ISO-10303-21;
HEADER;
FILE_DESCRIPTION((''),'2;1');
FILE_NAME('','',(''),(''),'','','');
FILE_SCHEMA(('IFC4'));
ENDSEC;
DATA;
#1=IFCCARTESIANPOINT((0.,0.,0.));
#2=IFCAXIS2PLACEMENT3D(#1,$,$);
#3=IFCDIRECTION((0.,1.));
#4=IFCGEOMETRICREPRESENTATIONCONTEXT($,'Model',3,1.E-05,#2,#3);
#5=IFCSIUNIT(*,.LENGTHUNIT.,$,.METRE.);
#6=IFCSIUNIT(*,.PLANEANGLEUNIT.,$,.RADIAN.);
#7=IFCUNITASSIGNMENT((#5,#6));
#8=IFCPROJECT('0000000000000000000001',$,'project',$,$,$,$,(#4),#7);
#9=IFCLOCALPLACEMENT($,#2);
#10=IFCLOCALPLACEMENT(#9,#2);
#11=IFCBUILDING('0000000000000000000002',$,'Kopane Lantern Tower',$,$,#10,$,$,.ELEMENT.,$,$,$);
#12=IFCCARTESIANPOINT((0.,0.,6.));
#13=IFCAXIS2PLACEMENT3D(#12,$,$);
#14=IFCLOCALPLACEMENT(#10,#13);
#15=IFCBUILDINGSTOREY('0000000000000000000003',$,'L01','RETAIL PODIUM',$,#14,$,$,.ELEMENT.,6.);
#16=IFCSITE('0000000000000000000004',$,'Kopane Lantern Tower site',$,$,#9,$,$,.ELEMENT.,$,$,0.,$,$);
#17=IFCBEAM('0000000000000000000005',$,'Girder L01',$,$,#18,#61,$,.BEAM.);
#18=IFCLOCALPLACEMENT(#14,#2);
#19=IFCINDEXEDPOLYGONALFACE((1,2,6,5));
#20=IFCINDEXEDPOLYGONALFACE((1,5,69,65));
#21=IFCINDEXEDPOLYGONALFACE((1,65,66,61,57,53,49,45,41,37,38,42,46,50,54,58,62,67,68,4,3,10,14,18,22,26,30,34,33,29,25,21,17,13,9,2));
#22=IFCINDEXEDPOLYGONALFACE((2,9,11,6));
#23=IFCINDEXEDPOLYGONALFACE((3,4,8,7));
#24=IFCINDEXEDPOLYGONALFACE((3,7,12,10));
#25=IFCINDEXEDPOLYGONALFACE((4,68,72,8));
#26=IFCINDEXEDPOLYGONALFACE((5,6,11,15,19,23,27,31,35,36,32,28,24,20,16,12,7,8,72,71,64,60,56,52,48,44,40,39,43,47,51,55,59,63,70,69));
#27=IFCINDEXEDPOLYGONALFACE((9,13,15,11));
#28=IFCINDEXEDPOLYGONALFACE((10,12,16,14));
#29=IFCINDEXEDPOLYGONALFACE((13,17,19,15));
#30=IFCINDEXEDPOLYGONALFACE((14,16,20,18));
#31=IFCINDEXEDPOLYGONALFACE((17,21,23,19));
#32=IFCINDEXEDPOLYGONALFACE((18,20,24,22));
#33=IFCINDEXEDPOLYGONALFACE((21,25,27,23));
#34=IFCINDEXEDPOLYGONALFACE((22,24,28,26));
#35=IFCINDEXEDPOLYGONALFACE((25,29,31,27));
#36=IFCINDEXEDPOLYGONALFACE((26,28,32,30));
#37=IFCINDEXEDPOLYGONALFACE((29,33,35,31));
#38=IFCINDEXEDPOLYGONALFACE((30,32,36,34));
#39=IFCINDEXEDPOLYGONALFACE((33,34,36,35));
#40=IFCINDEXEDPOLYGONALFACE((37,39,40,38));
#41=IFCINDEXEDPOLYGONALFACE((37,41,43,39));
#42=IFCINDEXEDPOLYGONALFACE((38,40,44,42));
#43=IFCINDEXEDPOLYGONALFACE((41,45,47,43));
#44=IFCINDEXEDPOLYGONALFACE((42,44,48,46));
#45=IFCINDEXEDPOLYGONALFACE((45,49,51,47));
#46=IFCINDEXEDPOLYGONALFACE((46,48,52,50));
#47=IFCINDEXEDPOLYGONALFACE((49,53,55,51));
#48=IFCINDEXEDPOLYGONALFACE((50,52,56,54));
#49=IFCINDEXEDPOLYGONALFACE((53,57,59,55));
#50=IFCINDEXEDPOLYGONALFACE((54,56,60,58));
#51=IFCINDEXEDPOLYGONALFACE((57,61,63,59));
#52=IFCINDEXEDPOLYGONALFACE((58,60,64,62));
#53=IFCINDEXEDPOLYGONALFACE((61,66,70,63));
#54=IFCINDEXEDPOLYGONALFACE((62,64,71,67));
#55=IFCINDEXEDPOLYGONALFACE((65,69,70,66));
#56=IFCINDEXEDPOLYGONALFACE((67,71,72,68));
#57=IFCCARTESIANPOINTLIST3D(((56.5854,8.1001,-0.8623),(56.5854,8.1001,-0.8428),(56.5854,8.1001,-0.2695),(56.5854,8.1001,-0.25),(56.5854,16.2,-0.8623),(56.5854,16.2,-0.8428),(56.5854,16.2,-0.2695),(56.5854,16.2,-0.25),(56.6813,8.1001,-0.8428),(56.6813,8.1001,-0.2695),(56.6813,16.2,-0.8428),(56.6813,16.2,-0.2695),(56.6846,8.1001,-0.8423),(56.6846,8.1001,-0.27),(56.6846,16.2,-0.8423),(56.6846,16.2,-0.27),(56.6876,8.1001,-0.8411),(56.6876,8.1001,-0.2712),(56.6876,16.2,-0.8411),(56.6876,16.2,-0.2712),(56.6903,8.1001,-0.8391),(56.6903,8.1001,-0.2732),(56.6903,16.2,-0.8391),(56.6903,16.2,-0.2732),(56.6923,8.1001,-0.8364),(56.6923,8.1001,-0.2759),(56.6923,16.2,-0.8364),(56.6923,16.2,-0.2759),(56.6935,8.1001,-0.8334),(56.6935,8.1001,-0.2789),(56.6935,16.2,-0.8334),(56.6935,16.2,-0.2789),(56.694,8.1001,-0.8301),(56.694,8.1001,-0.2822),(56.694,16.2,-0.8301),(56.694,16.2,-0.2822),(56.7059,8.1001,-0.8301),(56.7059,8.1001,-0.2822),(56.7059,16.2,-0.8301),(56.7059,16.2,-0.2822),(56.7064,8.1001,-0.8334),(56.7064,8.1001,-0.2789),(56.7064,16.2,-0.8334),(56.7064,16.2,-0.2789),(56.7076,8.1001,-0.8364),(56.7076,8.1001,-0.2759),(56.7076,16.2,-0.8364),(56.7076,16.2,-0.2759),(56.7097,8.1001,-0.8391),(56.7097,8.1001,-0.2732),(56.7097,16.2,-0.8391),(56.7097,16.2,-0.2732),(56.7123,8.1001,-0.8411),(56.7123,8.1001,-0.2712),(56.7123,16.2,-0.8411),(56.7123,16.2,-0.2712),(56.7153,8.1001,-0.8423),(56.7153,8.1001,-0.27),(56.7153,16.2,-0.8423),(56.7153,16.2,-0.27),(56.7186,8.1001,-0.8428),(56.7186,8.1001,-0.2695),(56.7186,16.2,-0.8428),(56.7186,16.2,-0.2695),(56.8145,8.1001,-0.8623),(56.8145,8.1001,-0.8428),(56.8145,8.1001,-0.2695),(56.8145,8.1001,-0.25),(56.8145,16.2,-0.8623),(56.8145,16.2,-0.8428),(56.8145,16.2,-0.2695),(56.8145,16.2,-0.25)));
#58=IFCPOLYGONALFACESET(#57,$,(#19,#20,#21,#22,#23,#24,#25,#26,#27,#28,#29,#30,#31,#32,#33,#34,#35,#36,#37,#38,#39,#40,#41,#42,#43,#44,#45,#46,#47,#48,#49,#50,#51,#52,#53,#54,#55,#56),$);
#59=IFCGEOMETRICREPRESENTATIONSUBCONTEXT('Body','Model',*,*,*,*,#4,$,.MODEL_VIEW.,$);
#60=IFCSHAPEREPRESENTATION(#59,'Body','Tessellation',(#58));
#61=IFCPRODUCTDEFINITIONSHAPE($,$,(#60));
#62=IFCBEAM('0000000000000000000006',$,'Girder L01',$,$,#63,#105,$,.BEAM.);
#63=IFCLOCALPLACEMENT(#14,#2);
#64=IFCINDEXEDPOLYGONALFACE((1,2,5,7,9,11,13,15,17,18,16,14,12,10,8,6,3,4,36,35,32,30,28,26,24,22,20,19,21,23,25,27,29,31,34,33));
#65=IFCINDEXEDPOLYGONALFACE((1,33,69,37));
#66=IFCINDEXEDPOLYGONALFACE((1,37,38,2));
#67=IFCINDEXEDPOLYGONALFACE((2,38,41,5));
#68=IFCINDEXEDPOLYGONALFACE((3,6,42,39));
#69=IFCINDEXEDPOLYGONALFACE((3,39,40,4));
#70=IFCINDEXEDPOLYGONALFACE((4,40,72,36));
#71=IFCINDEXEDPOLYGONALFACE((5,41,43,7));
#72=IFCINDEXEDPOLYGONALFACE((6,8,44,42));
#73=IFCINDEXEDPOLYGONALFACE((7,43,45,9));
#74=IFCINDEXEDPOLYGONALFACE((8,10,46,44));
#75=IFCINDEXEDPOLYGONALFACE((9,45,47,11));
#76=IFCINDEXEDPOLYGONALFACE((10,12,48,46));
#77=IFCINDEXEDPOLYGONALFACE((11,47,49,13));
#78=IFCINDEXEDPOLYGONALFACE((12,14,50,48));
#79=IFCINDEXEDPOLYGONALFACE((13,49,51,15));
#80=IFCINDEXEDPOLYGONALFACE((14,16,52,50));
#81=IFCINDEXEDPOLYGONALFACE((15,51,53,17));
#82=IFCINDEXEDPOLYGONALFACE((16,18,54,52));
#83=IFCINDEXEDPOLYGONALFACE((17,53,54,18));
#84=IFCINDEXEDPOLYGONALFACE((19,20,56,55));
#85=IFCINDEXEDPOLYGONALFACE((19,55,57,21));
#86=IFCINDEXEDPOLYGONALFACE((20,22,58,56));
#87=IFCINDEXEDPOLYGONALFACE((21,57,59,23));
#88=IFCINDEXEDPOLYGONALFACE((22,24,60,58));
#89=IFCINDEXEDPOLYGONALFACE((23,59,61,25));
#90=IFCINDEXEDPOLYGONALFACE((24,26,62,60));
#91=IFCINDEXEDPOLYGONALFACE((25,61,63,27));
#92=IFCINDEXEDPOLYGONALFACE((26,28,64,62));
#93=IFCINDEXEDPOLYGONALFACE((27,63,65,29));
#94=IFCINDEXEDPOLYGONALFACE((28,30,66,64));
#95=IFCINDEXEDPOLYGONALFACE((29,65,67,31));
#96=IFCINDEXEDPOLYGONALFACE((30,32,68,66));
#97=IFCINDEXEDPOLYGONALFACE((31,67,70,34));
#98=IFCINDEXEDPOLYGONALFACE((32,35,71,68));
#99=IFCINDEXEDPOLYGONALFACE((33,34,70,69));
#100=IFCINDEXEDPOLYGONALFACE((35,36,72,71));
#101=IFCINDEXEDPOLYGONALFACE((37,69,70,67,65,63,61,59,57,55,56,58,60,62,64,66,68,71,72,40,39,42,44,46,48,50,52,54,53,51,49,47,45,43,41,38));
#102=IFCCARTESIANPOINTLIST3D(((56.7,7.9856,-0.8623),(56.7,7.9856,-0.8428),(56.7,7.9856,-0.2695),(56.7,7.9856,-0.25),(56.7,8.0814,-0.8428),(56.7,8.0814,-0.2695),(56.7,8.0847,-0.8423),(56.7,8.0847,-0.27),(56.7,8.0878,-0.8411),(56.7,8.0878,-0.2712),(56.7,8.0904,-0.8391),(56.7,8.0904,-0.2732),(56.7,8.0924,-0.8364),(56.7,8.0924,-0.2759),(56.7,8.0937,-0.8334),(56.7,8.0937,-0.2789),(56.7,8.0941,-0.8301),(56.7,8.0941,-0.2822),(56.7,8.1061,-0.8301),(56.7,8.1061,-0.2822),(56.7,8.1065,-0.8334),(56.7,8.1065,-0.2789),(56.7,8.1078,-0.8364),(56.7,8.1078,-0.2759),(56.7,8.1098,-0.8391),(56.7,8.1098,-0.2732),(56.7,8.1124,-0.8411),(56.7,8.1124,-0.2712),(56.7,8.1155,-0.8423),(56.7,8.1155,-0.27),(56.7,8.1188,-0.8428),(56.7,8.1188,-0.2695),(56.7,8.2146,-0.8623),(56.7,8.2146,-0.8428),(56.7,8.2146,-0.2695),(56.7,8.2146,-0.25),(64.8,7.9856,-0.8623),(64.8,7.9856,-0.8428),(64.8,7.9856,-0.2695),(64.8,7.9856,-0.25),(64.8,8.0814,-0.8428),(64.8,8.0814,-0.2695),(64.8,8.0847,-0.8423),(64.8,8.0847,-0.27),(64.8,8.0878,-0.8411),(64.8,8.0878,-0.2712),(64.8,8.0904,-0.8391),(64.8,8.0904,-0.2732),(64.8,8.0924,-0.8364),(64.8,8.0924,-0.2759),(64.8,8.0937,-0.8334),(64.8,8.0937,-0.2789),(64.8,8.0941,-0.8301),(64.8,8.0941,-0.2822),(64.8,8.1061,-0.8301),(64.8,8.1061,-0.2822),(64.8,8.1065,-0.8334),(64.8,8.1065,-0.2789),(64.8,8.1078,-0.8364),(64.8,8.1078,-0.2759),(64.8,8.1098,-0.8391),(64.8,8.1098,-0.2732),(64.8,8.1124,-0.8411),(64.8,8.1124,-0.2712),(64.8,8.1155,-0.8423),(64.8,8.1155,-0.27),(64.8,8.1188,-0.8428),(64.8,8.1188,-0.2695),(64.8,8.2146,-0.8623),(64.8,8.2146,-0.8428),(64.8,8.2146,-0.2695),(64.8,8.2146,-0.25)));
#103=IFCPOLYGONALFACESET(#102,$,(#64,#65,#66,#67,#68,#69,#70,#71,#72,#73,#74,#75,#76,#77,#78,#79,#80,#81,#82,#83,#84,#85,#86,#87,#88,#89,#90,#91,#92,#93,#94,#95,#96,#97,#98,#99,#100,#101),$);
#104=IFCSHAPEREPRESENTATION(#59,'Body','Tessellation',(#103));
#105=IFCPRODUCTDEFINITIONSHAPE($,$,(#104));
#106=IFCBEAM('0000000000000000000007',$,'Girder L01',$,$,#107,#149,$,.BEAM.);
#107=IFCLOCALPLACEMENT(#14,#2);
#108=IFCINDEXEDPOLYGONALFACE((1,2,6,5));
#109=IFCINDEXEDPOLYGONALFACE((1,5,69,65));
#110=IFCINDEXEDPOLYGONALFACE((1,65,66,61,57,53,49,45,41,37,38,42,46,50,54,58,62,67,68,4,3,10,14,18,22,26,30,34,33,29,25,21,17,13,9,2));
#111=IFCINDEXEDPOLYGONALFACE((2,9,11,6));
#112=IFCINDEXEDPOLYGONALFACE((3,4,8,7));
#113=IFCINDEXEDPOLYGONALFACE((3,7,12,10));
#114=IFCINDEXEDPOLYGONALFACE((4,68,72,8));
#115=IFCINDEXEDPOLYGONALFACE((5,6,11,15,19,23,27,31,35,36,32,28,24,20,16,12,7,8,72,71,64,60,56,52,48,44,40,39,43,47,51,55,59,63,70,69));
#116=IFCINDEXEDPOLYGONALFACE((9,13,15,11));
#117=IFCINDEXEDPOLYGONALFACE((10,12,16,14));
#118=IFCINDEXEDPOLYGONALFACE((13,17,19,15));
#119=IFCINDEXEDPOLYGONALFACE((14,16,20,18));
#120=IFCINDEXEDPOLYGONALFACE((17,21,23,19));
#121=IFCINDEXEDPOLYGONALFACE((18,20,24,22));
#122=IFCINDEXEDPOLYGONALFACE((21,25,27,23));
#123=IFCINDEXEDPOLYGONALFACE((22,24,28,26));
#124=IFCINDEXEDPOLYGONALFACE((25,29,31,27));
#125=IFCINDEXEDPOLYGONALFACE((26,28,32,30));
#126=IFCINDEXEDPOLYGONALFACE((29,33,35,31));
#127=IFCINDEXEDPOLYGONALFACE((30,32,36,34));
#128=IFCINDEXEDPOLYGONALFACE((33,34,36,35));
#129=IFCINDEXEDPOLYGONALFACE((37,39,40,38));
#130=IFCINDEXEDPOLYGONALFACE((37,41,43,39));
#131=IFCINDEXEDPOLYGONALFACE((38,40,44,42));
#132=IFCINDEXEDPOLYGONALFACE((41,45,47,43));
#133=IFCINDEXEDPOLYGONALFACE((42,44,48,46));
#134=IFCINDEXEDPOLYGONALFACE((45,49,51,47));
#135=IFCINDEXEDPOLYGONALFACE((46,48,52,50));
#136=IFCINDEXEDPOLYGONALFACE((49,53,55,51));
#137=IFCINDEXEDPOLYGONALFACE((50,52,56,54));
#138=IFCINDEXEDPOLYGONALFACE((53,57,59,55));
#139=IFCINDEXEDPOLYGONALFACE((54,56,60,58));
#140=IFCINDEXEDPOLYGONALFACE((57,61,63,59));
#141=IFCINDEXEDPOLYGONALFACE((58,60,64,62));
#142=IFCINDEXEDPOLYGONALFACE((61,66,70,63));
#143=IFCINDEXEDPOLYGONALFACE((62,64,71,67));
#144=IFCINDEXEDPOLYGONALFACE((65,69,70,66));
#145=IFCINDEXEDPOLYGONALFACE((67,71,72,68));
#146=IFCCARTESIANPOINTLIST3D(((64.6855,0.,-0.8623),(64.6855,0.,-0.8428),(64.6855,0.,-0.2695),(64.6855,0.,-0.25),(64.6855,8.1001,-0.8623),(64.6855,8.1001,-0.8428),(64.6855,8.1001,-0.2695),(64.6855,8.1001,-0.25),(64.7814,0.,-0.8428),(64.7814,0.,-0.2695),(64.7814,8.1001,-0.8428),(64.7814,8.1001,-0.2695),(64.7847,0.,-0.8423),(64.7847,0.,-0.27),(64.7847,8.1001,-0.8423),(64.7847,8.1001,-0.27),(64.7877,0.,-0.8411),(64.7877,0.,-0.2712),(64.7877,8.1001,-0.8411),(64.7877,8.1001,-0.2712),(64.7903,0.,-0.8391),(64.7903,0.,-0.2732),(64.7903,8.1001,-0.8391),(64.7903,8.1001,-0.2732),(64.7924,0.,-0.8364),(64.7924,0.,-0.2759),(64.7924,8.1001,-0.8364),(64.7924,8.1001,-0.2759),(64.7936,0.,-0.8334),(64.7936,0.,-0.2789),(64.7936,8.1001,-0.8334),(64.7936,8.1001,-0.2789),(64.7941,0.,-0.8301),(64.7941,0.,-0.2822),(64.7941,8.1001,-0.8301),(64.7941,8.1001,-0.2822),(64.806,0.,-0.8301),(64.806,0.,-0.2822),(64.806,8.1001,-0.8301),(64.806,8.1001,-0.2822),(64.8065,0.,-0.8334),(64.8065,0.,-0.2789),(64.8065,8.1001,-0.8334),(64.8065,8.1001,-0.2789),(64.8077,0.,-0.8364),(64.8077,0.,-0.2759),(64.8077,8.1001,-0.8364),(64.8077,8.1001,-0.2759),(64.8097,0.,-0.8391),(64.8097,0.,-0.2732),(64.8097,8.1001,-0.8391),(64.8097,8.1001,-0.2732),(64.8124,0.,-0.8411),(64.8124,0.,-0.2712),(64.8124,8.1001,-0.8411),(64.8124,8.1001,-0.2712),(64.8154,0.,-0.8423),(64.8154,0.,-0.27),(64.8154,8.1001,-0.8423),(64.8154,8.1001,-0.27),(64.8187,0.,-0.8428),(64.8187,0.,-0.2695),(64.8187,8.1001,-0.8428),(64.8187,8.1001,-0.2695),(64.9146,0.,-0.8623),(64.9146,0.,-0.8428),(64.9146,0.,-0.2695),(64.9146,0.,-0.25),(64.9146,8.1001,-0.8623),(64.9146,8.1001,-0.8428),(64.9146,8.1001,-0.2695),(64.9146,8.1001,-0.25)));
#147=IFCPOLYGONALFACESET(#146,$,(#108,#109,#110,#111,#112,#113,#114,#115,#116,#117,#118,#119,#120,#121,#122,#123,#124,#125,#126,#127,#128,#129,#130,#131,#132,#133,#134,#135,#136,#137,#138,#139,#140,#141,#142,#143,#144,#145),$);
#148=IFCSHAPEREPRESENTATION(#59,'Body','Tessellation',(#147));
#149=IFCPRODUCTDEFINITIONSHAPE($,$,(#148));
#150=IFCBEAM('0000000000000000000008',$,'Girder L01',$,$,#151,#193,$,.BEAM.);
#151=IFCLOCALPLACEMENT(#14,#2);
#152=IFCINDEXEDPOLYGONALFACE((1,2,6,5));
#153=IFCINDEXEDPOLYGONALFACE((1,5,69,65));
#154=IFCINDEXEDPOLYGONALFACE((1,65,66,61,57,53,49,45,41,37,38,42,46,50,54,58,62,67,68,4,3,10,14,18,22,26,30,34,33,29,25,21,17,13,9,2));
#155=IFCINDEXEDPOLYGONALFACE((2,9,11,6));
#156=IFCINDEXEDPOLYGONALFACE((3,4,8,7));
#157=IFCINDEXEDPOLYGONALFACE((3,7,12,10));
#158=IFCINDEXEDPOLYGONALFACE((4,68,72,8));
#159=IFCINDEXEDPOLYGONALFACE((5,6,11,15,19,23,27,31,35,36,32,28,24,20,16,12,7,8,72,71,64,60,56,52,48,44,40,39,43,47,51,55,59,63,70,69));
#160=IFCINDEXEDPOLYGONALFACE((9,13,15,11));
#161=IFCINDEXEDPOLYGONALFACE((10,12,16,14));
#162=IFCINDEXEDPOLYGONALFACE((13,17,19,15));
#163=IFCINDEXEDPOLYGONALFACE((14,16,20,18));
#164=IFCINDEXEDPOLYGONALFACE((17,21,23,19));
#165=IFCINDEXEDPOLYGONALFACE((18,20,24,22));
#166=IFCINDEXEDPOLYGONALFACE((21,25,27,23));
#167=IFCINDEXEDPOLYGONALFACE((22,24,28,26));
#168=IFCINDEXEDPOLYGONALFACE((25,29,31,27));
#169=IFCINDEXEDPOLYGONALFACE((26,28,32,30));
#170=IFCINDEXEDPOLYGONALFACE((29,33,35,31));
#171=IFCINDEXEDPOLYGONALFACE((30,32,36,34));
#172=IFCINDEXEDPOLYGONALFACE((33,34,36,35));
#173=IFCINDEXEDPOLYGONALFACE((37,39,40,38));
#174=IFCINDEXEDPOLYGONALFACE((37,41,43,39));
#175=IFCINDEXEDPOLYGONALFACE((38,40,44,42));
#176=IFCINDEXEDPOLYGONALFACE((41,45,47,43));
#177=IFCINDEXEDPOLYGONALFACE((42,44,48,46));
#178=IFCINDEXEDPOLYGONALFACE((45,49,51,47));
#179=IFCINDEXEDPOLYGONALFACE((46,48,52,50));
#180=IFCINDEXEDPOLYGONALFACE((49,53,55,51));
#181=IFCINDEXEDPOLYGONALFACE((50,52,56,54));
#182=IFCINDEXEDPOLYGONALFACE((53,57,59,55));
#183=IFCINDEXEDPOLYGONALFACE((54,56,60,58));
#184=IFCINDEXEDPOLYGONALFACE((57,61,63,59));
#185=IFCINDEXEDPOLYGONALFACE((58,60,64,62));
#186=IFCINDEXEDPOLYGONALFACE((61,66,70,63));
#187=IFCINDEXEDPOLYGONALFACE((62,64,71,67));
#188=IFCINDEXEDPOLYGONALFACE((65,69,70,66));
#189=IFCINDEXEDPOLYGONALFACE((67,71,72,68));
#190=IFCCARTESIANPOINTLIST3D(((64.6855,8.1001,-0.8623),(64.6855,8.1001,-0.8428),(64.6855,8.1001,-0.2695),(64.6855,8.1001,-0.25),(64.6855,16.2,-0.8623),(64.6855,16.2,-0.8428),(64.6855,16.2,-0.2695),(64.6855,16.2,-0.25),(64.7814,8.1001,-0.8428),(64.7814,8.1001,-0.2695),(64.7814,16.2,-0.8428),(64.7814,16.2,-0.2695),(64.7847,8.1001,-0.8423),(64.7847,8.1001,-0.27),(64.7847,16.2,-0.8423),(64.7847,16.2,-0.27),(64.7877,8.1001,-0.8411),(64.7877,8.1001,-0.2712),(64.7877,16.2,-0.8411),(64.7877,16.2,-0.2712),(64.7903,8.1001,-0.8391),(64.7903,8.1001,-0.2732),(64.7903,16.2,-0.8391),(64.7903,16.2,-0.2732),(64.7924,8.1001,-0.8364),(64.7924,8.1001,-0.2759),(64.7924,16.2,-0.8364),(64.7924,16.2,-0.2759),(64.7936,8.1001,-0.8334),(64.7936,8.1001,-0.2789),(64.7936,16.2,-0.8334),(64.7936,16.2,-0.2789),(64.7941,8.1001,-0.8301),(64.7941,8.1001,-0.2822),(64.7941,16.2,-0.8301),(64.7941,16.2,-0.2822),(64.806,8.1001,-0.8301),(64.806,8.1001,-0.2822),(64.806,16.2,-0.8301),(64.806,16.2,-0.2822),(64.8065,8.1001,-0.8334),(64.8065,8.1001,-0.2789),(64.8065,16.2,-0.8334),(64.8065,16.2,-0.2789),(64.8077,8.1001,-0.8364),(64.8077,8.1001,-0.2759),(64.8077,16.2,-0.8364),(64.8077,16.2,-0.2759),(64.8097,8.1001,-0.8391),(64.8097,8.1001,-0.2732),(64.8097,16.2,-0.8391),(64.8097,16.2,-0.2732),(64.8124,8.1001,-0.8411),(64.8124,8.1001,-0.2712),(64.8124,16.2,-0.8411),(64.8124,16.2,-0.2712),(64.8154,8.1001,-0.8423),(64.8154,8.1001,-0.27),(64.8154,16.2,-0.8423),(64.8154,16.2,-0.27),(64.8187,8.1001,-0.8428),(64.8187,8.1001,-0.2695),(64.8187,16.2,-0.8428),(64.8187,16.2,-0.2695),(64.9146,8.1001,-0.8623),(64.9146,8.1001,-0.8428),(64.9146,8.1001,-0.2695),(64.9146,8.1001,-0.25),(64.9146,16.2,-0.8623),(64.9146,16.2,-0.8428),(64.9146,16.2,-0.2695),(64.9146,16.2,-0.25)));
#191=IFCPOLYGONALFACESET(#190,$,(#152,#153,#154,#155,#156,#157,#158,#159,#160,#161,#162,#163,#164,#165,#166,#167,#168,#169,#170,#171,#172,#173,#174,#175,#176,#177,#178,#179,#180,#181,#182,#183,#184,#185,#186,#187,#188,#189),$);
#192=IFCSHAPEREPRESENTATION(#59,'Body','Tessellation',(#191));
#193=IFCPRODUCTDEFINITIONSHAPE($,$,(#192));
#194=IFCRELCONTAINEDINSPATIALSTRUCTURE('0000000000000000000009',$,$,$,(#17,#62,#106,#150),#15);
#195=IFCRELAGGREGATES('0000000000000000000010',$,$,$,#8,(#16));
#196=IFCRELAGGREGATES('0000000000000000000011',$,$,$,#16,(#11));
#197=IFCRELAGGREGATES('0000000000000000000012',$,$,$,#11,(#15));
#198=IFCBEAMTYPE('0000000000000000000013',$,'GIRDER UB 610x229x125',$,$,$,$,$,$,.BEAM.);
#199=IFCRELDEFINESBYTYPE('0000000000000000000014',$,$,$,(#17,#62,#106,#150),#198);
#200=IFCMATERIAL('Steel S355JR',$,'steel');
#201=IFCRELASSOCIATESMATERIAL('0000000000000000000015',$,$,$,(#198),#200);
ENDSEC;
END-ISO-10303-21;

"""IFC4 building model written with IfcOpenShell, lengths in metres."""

from ifc_helpers import new_model, si_unit, direction, frame, origin, origin_2d, place, context, subcontext, project, spatial, i_section, extrude, material, material_profile, profile_set, type_object, element, save


model = new_model("IFC4")

# Units and contexts
model_context = context("Model", 3, precision=1e-05, world=origin(), true_north=direction((0.0, 1.0)))
body_context = subcontext(model_context, "Body", "Model", "MODEL_VIEW")
ifc_project = project(units=[si_unit("LENGTHUNIT", "METRE"), si_unit("PLANEANGLEUNIT", "RADIAN")], contexts=[model_context])

# Site, building, storey
site_placement = place(None, origin())
site = spatial("IfcSite", under=ifc_project, at=site_placement, Name="Kopane Lantern Tower site", CompositionType="ELEMENT", RefElevation=0.0)
building_placement = place(site_placement, origin())
building = spatial("IfcBuilding", under=site, at=building_placement, Name="Kopane Lantern Tower", CompositionType="ELEMENT")
storey_placement = place(building_placement, frame((0.0, 0.0, 6.0)))
storey = spatial("IfcBuildingStorey", under=building, at=storey_placement, Name="L01", Description="RETAIL PODIUM", CompositionType="ELEMENT", Elevation=6.0)

# Beams
ifc_material_1 = material(Name="Steel S355JR", Category="steel")
ifc_material_profile_1 = material_profile(ifc_material_1, i_section(OverallWidth=0.229, OverallDepth=0.6123, WebThickness=0.012, FlangeThickness=0.0195, FilletRadius=0.0127, at=origin_2d()), Name="UB 610x229x125")
ifc_profile_set_1 = profile_set([ifc_material_profile_1], Name="Steel S355JR")
beam_type = type_object("IfcBeamType", Name="GIRDER UB 610x229x125", PredefinedType="BEAM", material=ifc_profile_set_1)
beam_1_placement = place(storey_placement, frame((56.7, 8.1001, -0.5562), z_axis=(0.0, 1.0, 0.0), x_axis=(-1.0, 0.0, 0.0)))
element("IfcBeam", 1, at=beam_1_placement, inside=storey, type_object=beam_type, Name="Girder L01", PredefinedType="BEAM", context=body_context, shape_type="SweptSolid", body=[
    extrude(i_section(OverallWidth=0.229, OverallDepth=0.6123, WebThickness=0.012, FlangeThickness=0.0195, FilletRadius=0.0127, at=origin_2d()), origin(), (0.0, 0.0, 1.0), 8.0999),
])
for number, where, z_axis, x_axis, name in (
    (2, (56.7, 8.1001, -0.5562), (1.0, 0.0, 0.0), (0.0, 1.0, 0.0), "Girder L01"),
    (3, (64.8, 0.0, -0.5562), (0.0, 1.0, 0.0), (-1.0, 0.0, 0.0), "Girder L01"),
):
    element("IfcBeam", number, at=place(storey_placement, frame(where, z_axis=z_axis, x_axis=x_axis)), inside=storey, type_object=beam_type, Name=name, PredefinedType="BEAM", context=body_context, shape_type="SweptSolid", body=[
        extrude(i_section(OverallWidth=0.229, OverallDepth=0.6123, WebThickness=0.012, FlangeThickness=0.0195, FilletRadius=0.0127, at=origin_2d()), origin(), (0.0, 0.0, 1.0), 8.1001),
    ])
beam_2_placement = place(storey_placement, frame((64.8, 8.1001, -0.5562), z_axis=(0.0, 1.0, 0.0), x_axis=(-1.0, 0.0, 0.0)))
element("IfcBeam", 4, at=beam_2_placement, inside=storey, type_object=beam_type, Name="Girder L01", PredefinedType="BEAM", context=body_context, shape_type="SweptSolid", body=[
    extrude(i_section(OverallWidth=0.229, OverallDepth=0.6123, WebThickness=0.012, FlangeThickness=0.0195, FilletRadius=0.0127, at=origin_2d()), origin(), (0.0, 0.0, 1.0), 8.0999),
])

save(model, "model.ifc")
